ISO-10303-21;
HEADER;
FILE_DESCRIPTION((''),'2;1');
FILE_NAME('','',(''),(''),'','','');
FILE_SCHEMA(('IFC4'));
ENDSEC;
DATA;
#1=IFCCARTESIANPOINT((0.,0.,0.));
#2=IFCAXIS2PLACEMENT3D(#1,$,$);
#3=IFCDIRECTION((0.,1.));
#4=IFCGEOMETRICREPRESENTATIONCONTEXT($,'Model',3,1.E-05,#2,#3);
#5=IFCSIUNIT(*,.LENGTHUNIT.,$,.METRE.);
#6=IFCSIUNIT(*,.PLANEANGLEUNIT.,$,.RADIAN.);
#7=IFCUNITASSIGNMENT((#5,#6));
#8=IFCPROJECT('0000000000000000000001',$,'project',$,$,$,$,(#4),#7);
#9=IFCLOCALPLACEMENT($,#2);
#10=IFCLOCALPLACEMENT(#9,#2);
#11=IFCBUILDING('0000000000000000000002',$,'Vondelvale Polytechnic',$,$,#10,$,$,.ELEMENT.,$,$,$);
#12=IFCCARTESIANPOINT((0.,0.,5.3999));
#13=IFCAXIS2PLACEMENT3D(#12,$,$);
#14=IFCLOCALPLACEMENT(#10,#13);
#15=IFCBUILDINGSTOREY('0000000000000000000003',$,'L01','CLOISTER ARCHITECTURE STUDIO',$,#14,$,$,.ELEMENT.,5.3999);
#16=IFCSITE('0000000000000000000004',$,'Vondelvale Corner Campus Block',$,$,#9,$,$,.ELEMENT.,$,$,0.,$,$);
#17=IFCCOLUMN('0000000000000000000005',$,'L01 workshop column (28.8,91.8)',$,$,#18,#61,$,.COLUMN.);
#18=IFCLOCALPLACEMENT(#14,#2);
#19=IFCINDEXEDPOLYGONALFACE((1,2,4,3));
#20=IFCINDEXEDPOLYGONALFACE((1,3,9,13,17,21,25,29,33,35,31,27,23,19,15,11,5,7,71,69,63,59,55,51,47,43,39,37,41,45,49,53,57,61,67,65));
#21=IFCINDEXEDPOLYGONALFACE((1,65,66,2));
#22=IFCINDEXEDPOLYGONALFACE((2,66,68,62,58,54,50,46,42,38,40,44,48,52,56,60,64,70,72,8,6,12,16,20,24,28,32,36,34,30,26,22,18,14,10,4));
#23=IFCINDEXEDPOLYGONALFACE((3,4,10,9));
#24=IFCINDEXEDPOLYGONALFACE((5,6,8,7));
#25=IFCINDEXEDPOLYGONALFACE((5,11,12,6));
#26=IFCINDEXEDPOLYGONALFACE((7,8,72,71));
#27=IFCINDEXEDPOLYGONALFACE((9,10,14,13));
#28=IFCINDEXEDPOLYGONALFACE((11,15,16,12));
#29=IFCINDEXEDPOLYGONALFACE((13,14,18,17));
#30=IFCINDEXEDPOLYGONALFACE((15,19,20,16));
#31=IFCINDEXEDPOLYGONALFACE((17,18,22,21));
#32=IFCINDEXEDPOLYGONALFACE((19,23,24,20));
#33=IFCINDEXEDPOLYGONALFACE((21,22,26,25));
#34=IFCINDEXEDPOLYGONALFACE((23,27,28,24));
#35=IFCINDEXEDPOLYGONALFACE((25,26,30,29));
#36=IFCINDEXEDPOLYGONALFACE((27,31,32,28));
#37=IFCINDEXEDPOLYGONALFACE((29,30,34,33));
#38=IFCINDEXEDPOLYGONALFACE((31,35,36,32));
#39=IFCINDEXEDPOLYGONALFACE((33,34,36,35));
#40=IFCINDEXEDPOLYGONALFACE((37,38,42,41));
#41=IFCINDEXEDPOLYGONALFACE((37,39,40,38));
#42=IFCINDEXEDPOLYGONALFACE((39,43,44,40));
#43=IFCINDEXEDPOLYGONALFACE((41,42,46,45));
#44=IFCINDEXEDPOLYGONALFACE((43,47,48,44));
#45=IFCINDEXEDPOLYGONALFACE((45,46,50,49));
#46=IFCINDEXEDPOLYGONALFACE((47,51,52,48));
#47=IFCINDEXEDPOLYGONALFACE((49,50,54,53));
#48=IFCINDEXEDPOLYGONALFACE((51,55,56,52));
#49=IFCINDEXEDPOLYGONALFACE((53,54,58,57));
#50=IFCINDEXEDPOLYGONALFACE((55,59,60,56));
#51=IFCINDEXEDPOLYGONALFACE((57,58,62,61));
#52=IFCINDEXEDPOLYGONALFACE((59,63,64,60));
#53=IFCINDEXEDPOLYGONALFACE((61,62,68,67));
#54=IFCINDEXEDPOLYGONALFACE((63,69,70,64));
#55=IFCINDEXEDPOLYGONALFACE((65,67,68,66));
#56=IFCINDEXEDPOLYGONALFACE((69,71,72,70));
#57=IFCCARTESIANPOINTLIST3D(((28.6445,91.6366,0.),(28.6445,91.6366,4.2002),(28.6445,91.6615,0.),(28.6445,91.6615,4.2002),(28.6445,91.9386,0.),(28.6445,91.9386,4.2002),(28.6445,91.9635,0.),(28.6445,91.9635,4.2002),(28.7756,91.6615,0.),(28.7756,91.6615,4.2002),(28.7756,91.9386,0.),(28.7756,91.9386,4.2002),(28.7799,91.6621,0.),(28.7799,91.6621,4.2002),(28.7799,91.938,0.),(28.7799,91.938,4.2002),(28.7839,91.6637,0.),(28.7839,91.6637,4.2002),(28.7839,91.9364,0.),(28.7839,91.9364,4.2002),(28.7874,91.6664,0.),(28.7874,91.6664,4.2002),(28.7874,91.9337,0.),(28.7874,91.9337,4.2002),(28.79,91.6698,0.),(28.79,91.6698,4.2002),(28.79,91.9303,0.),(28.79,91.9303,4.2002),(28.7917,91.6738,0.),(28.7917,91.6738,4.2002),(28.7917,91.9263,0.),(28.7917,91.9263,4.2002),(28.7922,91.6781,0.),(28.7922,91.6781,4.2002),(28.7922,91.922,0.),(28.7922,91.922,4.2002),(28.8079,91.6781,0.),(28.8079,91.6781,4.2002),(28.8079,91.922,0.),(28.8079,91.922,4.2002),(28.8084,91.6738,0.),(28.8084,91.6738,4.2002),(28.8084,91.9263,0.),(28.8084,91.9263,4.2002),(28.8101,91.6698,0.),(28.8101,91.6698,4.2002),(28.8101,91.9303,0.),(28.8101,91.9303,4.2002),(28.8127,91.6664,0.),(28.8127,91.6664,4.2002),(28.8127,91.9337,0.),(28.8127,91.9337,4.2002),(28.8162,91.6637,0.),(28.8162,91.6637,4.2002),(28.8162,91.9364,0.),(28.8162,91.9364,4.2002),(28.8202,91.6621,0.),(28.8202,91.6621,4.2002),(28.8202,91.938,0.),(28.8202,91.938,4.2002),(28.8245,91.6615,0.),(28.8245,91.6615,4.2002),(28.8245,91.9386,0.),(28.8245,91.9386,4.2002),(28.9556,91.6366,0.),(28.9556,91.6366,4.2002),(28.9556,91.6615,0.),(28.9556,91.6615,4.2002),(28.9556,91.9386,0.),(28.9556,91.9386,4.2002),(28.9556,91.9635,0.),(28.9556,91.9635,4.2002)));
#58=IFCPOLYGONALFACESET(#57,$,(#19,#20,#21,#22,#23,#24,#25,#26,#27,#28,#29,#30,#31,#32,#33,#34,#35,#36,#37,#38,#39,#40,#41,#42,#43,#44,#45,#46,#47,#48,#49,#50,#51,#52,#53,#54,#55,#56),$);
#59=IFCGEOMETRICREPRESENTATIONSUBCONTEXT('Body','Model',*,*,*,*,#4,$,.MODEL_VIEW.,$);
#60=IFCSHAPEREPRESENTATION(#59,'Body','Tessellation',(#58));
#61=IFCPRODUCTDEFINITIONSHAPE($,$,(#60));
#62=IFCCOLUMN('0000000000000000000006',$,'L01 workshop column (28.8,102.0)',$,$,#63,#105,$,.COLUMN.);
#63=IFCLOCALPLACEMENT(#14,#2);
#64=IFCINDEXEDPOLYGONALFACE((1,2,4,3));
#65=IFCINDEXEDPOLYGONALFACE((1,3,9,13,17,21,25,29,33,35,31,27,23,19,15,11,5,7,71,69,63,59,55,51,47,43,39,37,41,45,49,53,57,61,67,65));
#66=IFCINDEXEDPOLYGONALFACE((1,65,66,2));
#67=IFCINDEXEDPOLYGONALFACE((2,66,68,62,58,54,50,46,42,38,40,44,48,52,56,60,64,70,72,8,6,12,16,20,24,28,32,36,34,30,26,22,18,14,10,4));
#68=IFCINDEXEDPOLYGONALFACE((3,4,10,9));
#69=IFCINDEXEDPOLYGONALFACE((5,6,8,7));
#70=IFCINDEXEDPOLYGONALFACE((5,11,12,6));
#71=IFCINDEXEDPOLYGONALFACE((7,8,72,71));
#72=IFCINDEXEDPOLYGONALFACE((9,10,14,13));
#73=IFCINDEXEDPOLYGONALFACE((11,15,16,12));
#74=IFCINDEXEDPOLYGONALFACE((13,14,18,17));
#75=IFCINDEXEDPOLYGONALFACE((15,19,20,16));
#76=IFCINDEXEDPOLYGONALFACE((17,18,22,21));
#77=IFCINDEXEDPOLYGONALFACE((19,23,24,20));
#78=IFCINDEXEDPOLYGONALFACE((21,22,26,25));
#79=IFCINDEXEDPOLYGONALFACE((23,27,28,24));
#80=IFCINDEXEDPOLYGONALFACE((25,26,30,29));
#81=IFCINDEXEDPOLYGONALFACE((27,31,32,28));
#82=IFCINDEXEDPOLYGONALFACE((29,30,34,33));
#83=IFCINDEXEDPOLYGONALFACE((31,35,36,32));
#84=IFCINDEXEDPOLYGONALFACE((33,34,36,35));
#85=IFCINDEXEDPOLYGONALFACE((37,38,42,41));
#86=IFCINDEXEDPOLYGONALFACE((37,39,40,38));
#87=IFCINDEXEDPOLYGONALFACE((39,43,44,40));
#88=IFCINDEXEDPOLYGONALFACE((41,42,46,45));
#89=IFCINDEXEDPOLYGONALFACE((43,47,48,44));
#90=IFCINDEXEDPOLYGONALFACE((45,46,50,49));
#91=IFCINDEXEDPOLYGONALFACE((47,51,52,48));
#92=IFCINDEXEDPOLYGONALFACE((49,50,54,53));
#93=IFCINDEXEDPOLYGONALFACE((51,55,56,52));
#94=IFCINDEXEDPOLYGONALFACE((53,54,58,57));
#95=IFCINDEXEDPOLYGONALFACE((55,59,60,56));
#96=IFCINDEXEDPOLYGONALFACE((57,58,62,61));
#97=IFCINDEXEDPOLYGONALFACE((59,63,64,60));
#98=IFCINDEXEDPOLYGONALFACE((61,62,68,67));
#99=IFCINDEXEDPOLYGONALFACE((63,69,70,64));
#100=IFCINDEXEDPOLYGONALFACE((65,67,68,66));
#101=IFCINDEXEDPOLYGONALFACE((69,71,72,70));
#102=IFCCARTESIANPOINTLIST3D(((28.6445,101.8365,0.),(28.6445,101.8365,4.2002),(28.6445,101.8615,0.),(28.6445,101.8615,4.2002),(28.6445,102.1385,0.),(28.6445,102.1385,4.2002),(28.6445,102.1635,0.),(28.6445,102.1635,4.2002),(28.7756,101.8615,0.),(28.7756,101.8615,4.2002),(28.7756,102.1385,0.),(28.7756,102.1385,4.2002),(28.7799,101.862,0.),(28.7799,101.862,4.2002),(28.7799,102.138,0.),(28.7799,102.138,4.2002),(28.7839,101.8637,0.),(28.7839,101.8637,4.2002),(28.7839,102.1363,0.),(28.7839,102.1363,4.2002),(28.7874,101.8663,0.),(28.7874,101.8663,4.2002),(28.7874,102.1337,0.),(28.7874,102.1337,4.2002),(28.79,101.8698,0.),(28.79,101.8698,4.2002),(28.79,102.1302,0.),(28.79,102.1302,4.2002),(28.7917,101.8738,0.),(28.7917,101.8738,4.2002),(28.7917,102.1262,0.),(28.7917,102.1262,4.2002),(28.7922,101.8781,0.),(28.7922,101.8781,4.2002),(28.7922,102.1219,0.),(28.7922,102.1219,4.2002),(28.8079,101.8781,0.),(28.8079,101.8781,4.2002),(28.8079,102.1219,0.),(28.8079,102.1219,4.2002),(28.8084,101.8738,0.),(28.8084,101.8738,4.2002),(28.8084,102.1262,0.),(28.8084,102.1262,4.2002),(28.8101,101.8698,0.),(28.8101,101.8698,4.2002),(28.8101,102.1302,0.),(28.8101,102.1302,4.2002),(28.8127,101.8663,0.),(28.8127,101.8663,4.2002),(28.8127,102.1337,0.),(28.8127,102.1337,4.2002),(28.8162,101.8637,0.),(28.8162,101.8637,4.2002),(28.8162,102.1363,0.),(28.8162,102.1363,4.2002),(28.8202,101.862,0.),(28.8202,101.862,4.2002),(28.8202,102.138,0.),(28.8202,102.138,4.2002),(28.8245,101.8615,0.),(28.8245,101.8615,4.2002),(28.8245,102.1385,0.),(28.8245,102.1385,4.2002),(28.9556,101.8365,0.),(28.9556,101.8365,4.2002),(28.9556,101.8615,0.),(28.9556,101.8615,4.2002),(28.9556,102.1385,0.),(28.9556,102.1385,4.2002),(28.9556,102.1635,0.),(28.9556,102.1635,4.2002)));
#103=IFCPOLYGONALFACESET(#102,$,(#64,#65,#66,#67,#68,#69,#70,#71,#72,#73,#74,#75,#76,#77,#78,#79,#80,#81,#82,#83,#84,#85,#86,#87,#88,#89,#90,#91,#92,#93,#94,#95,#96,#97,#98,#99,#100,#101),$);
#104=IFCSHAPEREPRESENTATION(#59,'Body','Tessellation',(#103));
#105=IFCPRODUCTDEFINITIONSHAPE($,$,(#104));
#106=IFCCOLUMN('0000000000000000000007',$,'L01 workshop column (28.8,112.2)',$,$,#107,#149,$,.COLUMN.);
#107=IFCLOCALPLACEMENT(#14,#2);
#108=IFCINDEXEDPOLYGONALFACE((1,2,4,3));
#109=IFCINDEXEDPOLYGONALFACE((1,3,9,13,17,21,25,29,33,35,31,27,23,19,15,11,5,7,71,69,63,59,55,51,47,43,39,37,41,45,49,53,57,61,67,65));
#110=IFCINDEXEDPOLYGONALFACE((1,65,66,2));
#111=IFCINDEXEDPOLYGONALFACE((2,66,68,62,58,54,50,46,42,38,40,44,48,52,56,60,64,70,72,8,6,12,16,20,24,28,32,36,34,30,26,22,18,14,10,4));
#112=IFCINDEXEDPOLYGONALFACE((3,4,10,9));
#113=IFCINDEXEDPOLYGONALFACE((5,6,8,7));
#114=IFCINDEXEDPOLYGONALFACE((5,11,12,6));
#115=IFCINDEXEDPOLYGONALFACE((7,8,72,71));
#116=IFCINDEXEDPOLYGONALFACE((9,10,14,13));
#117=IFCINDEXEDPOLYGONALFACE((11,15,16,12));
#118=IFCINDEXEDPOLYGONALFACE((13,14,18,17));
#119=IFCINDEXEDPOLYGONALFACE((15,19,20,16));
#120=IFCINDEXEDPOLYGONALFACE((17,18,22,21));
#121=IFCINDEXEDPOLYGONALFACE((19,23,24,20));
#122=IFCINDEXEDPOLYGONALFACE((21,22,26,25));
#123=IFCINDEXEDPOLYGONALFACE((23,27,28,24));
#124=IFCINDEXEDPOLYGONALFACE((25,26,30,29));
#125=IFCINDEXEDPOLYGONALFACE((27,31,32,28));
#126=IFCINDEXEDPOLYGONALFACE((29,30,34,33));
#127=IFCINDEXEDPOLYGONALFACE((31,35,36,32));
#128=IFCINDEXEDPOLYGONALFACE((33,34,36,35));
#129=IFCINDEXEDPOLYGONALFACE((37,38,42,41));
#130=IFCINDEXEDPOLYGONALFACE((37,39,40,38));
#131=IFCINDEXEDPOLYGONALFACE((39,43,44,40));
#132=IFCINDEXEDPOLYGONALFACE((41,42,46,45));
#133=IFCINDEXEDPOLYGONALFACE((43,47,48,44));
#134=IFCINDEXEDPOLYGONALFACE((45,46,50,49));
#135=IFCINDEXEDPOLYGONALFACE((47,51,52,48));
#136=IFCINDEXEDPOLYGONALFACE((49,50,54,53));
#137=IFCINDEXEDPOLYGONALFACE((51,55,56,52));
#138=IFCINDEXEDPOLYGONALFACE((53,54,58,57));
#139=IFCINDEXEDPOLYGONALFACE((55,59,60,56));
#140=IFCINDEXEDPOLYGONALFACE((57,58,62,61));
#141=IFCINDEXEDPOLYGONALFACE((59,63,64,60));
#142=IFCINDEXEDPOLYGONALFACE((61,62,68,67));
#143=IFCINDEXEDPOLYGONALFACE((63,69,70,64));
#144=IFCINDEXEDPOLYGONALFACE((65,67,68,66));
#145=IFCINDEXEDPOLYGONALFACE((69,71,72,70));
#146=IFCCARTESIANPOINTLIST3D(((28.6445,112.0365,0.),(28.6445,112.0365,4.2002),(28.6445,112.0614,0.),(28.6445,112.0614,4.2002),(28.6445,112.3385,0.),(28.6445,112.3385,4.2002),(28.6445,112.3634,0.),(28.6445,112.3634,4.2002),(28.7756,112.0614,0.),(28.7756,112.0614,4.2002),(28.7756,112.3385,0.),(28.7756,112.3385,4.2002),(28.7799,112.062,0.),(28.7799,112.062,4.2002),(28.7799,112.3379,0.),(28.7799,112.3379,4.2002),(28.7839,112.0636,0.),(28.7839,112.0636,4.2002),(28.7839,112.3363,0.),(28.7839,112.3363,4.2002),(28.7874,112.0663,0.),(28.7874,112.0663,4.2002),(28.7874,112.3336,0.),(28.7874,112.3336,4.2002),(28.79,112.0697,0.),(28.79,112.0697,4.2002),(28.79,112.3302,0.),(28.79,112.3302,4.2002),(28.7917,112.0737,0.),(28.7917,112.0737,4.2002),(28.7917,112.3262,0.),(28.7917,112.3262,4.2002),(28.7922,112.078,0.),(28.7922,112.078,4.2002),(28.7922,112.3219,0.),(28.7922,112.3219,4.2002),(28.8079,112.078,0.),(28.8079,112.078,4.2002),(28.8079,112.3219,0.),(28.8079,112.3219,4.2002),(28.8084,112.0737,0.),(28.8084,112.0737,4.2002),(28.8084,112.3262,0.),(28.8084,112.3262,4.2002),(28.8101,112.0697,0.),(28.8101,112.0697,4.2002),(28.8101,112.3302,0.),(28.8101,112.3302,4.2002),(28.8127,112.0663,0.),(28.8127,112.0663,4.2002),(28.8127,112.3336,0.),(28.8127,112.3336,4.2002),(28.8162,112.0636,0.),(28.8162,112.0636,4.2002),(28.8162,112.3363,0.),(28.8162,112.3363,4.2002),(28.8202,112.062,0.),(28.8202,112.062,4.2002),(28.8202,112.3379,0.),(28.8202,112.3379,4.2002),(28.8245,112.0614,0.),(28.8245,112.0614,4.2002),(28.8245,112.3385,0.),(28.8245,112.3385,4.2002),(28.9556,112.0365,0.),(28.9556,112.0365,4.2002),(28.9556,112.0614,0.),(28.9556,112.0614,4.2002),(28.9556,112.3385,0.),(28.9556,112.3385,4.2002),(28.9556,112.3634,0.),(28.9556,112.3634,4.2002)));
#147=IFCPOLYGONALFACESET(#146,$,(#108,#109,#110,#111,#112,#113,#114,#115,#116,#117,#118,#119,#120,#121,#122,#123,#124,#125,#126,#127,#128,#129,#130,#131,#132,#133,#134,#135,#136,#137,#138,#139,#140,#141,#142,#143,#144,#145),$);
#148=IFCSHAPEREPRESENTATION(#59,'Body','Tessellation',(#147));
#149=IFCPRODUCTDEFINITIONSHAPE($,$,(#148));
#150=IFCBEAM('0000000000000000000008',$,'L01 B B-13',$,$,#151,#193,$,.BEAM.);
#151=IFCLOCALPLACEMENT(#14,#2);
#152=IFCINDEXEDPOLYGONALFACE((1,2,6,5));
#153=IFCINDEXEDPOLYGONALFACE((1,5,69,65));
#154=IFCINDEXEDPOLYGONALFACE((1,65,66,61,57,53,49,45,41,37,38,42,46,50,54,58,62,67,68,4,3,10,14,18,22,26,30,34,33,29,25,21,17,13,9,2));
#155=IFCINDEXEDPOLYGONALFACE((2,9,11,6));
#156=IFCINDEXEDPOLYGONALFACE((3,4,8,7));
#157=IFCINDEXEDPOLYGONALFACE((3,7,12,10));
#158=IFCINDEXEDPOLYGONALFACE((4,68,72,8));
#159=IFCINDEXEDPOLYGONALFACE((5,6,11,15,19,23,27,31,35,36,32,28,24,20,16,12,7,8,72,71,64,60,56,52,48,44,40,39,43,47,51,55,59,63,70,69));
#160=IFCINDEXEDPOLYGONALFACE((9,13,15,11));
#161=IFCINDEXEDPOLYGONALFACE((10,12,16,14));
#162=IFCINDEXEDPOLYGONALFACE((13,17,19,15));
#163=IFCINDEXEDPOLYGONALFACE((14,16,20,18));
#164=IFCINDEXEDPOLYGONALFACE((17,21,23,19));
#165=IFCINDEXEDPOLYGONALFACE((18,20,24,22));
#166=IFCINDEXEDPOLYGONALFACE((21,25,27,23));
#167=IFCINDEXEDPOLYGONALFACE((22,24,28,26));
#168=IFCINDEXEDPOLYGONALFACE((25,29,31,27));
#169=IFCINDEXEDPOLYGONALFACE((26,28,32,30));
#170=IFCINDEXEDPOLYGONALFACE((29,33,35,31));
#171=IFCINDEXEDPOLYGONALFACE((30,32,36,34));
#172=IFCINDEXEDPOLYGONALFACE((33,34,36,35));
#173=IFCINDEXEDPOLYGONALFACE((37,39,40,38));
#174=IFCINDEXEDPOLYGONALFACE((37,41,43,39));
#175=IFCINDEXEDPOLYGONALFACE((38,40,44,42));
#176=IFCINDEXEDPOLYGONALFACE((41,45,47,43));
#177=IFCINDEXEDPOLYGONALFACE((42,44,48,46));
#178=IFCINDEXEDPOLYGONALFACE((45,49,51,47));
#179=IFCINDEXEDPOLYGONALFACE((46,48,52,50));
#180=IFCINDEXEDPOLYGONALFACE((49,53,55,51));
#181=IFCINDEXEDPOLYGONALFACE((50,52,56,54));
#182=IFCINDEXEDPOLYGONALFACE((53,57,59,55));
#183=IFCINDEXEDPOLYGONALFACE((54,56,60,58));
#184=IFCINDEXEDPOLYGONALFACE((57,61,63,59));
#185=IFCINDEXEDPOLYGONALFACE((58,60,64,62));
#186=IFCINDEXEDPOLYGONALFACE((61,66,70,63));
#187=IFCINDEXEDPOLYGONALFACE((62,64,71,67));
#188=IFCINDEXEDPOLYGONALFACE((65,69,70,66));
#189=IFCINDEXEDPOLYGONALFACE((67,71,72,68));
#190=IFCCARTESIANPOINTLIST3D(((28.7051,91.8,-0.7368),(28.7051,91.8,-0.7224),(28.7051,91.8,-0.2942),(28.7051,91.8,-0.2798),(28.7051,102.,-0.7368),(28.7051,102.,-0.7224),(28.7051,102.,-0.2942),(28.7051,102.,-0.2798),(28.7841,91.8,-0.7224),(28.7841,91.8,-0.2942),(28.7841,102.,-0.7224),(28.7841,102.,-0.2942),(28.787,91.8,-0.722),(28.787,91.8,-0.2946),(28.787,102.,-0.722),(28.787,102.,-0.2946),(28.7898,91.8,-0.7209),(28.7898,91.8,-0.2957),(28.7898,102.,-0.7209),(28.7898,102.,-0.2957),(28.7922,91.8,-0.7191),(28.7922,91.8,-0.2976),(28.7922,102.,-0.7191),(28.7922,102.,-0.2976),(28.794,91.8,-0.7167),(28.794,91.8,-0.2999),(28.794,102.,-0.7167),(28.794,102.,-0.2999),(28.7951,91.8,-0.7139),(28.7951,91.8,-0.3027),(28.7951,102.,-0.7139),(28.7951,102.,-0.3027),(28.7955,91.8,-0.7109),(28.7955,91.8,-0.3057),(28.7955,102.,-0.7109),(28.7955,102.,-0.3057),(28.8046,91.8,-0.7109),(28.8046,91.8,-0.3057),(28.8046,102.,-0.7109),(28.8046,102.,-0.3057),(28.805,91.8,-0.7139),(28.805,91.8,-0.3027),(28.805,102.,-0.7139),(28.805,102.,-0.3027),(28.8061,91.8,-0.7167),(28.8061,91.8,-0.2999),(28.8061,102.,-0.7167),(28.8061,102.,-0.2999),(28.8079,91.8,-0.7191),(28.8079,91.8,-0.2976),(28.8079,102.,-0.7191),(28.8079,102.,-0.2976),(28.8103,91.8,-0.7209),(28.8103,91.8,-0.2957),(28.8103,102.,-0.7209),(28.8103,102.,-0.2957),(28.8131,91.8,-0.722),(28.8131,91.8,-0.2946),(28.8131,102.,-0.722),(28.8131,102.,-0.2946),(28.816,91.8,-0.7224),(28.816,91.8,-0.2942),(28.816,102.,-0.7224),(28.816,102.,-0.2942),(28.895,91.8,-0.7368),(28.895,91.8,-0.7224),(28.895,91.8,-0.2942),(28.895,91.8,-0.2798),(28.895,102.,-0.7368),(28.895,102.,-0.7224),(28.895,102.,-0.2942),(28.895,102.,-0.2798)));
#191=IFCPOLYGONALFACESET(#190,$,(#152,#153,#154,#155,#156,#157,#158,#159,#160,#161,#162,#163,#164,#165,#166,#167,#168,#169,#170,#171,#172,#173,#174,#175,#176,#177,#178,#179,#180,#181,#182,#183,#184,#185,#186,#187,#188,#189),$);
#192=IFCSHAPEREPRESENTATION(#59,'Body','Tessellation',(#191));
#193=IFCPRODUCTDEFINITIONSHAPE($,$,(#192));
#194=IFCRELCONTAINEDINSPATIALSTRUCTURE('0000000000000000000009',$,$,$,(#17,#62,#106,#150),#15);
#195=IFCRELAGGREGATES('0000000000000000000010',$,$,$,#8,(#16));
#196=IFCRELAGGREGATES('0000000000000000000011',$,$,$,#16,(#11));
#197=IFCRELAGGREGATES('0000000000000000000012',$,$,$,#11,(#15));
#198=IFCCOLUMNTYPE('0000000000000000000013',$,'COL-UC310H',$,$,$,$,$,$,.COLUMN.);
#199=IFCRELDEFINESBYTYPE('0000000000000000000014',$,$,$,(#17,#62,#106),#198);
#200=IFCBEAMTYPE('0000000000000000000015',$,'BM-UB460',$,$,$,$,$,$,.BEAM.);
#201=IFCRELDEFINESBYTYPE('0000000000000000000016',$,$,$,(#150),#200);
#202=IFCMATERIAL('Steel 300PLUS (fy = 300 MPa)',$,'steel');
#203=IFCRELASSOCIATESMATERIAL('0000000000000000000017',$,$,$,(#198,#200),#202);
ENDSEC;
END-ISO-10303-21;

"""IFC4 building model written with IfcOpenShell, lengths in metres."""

from ifc_helpers import new_model, si_unit, direction, frame, origin, origin_2d, place, context, subcontext, project, spatial, i_section, extrude, material, material_profile, profile_set, type_object, element, save


model = new_model("IFC4")

# Units and contexts
model_context = context("Model", 3, precision=1e-05, world=origin(), true_north=direction((0.0, 1.0)))
body_context = subcontext(model_context, "Body", "Model", "MODEL_VIEW")
ifc_project = project(units=[si_unit("LENGTHUNIT", "METRE"), si_unit("PLANEANGLEUNIT", "RADIAN")], contexts=[model_context])

# Site, building, storey
site_placement = place(None, origin())
site = spatial("IfcSite", under=ifc_project, at=site_placement, Name="Vondelvale Corner Campus Block", CompositionType="ELEMENT", RefElevation=0.0)
building_placement = place(site_placement, origin())
building = spatial("IfcBuilding", under=site, at=building_placement, Name="Vondelvale Polytechnic", CompositionType="ELEMENT")
storey_placement = place(building_placement, frame((0.0, 0.0, 5.3999)))
storey = spatial("IfcBuildingStorey", under=building, at=storey_placement, Name="L01", Description="CLOISTER ARCHITECTURE STUDIO", CompositionType="ELEMENT", Elevation=5.3999)

# Columns
ifc_material_1 = material(Name="Steel 300PLUS (fy = 300 MPa)", Category="steel")
ifc_material_profile_1 = material_profile(ifc_material_1, i_section(OverallWidth=0.311, OverallDepth=0.3269, WebThickness=0.0156, FlangeThickness=0.0249, FilletRadius=0.0166, at=origin_2d()), Name="310UC158")
ifc_profile_set_1 = profile_set([ifc_material_profile_1], Name="Steel 300PLUS (fy = 300 MPa)")
column_type = type_object("IfcColumnType", Name="COL-UC310H", PredefinedType="COLUMN", material=ifc_profile_set_1)
for number, where, z_axis, x_axis, name in (
    (1, (28.8, 91.8, 0.0), (0.0, 0.0, 1.0), (1.0, 0.0, 0.0), "L01 workshop column (28.8,91.8)"),
    (2, (28.8, 102.0, 0.0), (0.0, 0.0, 1.0), (1.0, 0.0, 0.0), "L01 workshop column (28.8,102.0)"),
    (3, (28.8, 112.2, 0.0), (0.0, 0.0, 1.0), (1.0, 0.0, 0.0), "L01 workshop column (28.8,112.2)"),
):
    element("IfcColumn", number, at=place(storey_placement, frame(where, z_axis=z_axis, x_axis=x_axis)), inside=storey, type_object=column_type, Name=name, PredefinedType="COLUMN", context=body_context, shape_type="SweptSolid", body=[
        extrude(i_section(OverallWidth=0.311, OverallDepth=0.3269, WebThickness=0.0156, FlangeThickness=0.0249, FilletRadius=0.0166, at=origin_2d()), origin(), (0.0, 0.0, 1.0), 4.2002),
    ])

# Beam
ifc_material_profile_2 = material_profile(ifc_material_1, i_section(OverallWidth=0.1899, OverallDepth=0.457, WebThickness=0.009, FlangeThickness=0.0144, FilletRadius=0.0115, at=origin_2d()), Name="460UB74.6")
ifc_profile_set_2 = profile_set([ifc_material_profile_2], Name="Steel 300PLUS (fy = 300 MPa)")
beam_type_1 = type_object("IfcBeamType", Name="BM-UB460", PredefinedType="BEAM", material=ifc_profile_set_2)
for number, where, z_axis, x_axis, name in (
    (4, (28.8, 91.8, -0.5083), (0.0, 1.0, 0.0), (-1.0, 0.0, 0.0), "L01 B B-13"),
):
    element("IfcBeam", number, at=place(storey_placement, frame(where, z_axis=z_axis, x_axis=x_axis)), inside=storey, type_object=beam_type_1, Name=name, PredefinedType="BEAM", context=body_context, shape_type="SweptSolid", body=[
        extrude(i_section(OverallWidth=0.1899, OverallDepth=0.457, WebThickness=0.009, FlangeThickness=0.0144, FilletRadius=0.0115, at=origin_2d()), origin(), (0.0, 0.0, 1.0), 10.2),
    ])

save(model, "model.ifc")
